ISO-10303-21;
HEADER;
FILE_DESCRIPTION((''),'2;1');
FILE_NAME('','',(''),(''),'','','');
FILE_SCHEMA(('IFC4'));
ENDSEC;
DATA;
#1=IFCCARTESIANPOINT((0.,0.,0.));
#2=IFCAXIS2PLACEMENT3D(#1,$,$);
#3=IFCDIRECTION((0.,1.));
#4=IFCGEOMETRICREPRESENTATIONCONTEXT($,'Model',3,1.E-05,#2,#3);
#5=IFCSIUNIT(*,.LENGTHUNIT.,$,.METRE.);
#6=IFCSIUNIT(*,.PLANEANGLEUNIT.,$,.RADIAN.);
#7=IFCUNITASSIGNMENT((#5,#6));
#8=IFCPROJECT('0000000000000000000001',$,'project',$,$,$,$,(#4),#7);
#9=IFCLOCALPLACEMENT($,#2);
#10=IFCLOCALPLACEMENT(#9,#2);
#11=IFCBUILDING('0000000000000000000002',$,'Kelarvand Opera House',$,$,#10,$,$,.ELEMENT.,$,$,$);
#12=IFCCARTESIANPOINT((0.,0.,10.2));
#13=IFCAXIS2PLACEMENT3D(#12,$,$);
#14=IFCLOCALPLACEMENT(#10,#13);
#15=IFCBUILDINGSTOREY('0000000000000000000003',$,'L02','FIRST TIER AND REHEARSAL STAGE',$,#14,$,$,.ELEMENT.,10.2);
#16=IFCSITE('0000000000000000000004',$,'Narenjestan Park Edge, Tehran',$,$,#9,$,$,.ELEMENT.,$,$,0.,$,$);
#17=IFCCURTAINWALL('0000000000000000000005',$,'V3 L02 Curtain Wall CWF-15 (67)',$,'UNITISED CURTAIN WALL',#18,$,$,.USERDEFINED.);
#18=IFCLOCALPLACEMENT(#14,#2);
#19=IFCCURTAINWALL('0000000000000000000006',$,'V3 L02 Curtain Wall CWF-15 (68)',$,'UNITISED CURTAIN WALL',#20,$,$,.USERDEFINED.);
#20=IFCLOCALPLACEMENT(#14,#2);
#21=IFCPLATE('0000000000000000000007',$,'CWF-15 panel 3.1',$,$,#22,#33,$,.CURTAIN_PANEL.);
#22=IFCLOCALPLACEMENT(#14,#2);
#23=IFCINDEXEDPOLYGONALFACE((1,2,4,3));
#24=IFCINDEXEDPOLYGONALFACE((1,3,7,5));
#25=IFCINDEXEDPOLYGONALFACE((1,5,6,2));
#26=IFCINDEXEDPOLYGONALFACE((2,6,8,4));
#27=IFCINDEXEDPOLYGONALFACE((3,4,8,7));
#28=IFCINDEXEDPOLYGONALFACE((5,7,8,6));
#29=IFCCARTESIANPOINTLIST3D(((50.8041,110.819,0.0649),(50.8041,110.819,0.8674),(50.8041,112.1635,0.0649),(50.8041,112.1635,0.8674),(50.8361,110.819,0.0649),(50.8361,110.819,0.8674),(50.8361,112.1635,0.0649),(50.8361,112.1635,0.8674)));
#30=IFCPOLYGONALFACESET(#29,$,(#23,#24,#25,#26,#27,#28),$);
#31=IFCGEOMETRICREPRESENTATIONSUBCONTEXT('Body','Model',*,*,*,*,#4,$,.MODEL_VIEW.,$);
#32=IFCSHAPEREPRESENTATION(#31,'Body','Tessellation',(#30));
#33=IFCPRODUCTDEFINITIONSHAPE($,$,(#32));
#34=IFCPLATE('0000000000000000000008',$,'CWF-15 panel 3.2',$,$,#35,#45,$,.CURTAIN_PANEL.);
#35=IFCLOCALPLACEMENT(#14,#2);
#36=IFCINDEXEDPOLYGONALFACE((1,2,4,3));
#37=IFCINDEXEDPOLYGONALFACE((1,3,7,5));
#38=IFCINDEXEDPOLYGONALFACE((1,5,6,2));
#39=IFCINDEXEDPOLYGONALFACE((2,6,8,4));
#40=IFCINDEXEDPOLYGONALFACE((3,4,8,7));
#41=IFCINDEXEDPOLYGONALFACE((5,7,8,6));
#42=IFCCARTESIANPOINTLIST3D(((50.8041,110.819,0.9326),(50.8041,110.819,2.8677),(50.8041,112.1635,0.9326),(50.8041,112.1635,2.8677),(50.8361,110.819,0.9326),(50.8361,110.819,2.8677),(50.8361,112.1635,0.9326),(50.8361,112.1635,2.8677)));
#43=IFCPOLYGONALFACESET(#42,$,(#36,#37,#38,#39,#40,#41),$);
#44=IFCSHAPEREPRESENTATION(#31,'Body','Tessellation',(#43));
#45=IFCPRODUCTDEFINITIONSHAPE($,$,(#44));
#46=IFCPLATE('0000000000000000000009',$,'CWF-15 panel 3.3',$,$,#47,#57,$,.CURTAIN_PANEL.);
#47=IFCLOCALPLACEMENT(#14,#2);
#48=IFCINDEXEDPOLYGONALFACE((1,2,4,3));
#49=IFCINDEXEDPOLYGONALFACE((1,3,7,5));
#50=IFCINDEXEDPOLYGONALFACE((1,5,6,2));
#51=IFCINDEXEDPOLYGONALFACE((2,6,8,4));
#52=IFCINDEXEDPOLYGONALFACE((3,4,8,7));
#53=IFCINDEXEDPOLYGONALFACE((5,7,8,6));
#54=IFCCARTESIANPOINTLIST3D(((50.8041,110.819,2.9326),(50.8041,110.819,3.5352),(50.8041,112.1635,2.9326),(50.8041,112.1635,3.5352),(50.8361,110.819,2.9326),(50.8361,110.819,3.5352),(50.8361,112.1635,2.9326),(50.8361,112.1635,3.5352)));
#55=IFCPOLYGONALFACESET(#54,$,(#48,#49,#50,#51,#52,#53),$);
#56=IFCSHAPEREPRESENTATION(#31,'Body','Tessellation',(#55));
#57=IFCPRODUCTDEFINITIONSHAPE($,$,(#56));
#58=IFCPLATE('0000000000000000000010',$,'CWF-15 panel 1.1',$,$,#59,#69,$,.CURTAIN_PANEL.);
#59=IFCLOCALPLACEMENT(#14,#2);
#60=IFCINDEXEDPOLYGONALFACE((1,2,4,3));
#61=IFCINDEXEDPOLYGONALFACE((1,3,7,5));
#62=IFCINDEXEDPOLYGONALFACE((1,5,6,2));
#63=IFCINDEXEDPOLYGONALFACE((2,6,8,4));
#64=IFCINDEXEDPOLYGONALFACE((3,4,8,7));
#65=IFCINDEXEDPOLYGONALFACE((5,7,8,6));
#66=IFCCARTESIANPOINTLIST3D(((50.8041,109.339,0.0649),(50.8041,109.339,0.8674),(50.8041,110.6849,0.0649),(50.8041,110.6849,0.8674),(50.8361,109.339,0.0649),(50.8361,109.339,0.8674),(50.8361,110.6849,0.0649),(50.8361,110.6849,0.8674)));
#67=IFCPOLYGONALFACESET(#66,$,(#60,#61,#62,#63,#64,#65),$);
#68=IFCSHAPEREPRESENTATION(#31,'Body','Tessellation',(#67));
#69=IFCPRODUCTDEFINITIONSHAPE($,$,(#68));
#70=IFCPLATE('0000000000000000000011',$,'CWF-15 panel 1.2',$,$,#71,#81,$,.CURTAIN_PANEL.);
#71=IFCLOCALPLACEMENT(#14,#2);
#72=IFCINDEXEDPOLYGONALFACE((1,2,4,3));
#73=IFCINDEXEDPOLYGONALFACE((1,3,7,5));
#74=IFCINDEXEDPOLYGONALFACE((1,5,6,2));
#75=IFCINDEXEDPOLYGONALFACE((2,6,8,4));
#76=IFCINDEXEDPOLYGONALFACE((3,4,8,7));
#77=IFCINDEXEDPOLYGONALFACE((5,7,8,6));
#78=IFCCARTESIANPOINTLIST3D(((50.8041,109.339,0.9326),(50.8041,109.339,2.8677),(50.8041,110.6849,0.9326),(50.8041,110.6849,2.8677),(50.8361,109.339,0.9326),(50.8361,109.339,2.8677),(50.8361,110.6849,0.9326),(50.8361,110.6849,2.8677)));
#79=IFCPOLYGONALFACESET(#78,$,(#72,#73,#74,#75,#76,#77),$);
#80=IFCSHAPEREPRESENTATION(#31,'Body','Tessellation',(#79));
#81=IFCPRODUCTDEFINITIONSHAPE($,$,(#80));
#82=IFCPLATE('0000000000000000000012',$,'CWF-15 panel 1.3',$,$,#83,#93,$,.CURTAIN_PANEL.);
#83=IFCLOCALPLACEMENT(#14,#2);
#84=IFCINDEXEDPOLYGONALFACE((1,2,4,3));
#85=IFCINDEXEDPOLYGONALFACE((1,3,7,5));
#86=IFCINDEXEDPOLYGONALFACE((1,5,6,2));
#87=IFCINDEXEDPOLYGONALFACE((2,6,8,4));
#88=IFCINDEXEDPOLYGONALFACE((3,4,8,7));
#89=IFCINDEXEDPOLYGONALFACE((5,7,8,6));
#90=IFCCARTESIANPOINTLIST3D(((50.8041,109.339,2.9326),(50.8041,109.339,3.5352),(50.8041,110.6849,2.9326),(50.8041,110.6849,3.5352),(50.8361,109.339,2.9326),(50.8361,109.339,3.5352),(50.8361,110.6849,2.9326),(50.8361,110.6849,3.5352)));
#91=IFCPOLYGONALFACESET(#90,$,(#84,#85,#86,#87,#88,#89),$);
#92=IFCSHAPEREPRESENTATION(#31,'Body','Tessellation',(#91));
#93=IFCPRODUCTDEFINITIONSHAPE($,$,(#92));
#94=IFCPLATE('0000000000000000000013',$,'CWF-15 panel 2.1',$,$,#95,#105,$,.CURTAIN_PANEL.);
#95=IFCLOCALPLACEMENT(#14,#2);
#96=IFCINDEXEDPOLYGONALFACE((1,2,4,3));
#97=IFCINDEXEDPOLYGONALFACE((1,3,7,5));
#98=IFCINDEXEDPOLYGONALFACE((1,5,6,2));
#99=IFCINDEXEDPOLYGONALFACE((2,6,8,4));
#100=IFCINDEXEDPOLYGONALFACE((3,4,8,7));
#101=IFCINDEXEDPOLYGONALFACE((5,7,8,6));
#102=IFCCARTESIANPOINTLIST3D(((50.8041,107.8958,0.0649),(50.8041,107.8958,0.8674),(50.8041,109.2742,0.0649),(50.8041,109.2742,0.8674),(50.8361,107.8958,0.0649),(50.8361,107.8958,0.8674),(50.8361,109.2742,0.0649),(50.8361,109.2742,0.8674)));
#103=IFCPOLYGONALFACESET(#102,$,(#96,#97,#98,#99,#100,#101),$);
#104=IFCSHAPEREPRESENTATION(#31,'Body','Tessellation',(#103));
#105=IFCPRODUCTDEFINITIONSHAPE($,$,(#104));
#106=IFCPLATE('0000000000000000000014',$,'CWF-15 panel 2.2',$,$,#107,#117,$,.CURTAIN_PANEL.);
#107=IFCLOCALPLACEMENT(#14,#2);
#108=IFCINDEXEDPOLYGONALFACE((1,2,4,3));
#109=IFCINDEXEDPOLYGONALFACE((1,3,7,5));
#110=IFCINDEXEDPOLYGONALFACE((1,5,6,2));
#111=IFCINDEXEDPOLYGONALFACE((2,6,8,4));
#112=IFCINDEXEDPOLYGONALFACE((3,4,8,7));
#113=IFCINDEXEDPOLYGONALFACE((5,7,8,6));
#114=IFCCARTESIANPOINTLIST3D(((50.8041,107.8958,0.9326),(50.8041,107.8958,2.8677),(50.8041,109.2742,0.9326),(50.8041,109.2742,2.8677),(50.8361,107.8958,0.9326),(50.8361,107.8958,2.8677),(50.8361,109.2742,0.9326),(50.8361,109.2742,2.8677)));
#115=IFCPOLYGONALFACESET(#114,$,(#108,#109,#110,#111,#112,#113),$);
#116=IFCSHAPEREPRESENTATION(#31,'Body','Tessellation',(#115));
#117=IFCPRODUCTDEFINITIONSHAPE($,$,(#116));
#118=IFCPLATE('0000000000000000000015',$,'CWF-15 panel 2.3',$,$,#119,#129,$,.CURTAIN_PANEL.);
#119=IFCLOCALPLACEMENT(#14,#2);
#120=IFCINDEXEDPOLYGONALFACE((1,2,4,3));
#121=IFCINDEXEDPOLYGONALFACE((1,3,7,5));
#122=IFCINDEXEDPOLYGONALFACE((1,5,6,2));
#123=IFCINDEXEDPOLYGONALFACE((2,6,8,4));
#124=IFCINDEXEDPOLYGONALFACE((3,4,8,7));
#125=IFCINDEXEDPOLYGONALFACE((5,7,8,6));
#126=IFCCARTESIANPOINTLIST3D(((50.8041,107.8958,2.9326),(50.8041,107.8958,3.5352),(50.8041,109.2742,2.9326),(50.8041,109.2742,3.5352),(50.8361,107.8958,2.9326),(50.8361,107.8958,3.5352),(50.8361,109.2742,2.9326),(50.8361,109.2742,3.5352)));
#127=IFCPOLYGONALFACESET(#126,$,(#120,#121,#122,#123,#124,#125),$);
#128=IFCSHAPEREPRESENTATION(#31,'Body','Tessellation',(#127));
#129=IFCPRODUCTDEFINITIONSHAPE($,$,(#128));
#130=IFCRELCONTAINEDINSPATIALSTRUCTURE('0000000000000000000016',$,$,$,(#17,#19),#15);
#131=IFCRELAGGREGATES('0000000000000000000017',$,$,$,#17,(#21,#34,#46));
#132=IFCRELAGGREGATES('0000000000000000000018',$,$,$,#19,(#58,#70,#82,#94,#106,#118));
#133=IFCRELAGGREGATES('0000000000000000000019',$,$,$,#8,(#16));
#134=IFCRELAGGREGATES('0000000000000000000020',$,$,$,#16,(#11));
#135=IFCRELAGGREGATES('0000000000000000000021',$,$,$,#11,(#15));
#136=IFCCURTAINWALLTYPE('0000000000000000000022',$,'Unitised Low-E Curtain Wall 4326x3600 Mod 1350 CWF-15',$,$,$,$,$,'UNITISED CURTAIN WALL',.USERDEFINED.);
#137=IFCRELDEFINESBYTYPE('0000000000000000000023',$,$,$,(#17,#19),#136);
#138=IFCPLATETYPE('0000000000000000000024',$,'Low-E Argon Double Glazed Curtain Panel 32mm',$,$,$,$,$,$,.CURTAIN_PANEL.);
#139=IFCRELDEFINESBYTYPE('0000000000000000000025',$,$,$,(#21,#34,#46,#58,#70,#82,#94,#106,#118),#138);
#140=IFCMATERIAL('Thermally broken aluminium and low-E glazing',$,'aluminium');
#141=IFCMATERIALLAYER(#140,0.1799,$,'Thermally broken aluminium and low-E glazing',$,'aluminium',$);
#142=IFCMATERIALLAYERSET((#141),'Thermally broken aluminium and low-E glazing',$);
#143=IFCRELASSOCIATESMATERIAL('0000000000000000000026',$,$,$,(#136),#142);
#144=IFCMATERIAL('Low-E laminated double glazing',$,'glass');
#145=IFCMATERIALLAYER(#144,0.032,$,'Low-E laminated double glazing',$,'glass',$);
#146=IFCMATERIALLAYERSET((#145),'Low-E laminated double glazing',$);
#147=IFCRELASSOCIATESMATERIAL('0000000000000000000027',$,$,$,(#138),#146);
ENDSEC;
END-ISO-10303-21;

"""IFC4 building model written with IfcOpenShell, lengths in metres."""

from ifc_helpers import new_model, si_unit, direction, frame, origin, origin_2d, place, context, subcontext, project, spatial, rectangle, extrude, material, layer, layer_set, type_object, element, aggregate, save


model = new_model("IFC4")

# Units and contexts
model_context = context("Model", 3, precision=1e-05, world=origin(), true_north=direction((0.0, 1.0)))
body_context = subcontext(model_context, "Body", "Model", "MODEL_VIEW")
ifc_project = project(units=[si_unit("LENGTHUNIT", "METRE"), si_unit("PLANEANGLEUNIT", "RADIAN")], contexts=[model_context])

# Site, building, storey
site_placement = place(None, origin())
site = spatial("IfcSite", under=ifc_project, at=site_placement, Name="Narenjestan Park Edge, Tehran", CompositionType="ELEMENT", RefElevation=0.0)
building_placement = place(site_placement, origin())
building = spatial("IfcBuilding", under=site, at=building_placement, Name="Kelarvand Opera House", CompositionType="ELEMENT")
storey_placement = place(building_placement, frame((0.0, 0.0, 10.2)))
storey = spatial("IfcBuildingStorey", under=building, at=storey_placement, Name="L02", Description="FIRST TIER AND REHEARSAL STAGE", CompositionType="ELEMENT", Elevation=10.2)

# Curtain wall
ifc_material_1 = material(Name="Thermally broken aluminium and low-E glazing", Category="aluminium")
ifc_layer_1 = layer(ifc_material_1, 0.1799, Name="Thermally broken aluminium and low-E glazing", Category="aluminium")
ifc_layer_set_1 = layer_set([ifc_layer_1], Name="Thermally broken aluminium and low-E glazing")
curtain_wall_type = type_object("IfcCurtainWallType", Name="Unitised Low-E Curtain Wall 4326x3600 Mod 1350 CWF-15", ElementType="UNITISED CURTAIN WALL", PredefinedType="USERDEFINED", material=ifc_layer_set_1)
curtain_wall_1_placement = place(storey_placement, origin())
curtain_wall_1 = element("IfcCurtainWall", 1, at=curtain_wall_1_placement, inside=storey, type_object=curtain_wall_type, Name="V3 L02 Curtain Wall CWF-15 (67)", ObjectType="UNITISED CURTAIN WALL", PredefinedType="USERDEFINED")

# Curtain wall
curtain_wall_2_placement = place(storey_placement, origin())
curtain_wall_2 = element("IfcCurtainWall", 2, at=curtain_wall_2_placement, inside=storey, type_object=curtain_wall_type, Name="V3 L02 Curtain Wall CWF-15 (68)", ObjectType="UNITISED CURTAIN WALL", PredefinedType="USERDEFINED")

# Plates
ifc_material_2 = material(Name="Low-E laminated double glazing", Category="glass")
ifc_layer_2 = layer(ifc_material_2, 0.032, Name="Low-E laminated double glazing", Category="glass")
ifc_layer_set_2 = layer_set([ifc_layer_2], Name="Low-E laminated double glazing")
plate_type = type_object("IfcPlateType", Name="Low-E Argon Double Glazed Curtain Panel 32mm", PredefinedType="CURTAIN_PANEL", material=ifc_layer_set_2)
plate_1_placement = place(storey_placement, frame((50.8201, 111.4912, 0.0649), z_axis=(0.0, 0.0, 1.0), x_axis=(0.0, -1.0, 0.0)))
plate_1 = element("IfcPlate", 3, at=plate_1_placement, type_object=plate_type, Name="CWF-15 panel 3.1", PredefinedType="CURTAIN_PANEL", context=body_context, shape_type="SweptSolid", body=[
    extrude(rectangle(XDim=1.3445, YDim=0.032, at=origin_2d()), origin(), (0.0, 0.0, 1.0), 0.8025),
])
plate_2_placement = place(storey_placement, frame((50.8201, 111.4912, 0.9326), z_axis=(0.0, 0.0, 1.0), x_axis=(0.0, -1.0, 0.0)))
plate_2 = element("IfcPlate", 4, at=plate_2_placement, type_object=plate_type, Name="CWF-15 panel 3.2", PredefinedType="CURTAIN_PANEL", context=body_context, shape_type="SweptSolid", body=[
    extrude(rectangle(XDim=1.3445, YDim=0.032, at=origin_2d()), origin(), (0.0, 0.0, 1.0), 1.9351),
])
plate_3_placement = place(storey_placement, frame((50.8201, 111.4912, 2.9326), z_axis=(0.0, 0.0, 1.0), x_axis=(0.0, -1.0, 0.0)))
plate_3 = element("IfcPlate", 5, at=plate_3_placement, type_object=plate_type, Name="CWF-15 panel 3.3", PredefinedType="CURTAIN_PANEL", context=body_context, shape_type="SweptSolid", body=[
    extrude(rectangle(XDim=1.3445, YDim=0.032, at=origin_2d()), origin(), (0.0, 0.0, 1.0), 0.6025),
])
aggregate(curtain_wall_1, [plate_1, plate_2, plate_3])
plate_4_placement = place(storey_placement, frame((50.8201, 110.012, 0.0649), z_axis=(0.0, 0.0, 1.0), x_axis=(0.0, -1.0, 0.0)))
plate_4 = element("IfcPlate", 6, at=plate_4_placement, type_object=plate_type, Name="CWF-15 panel 1.1", PredefinedType="CURTAIN_PANEL", context=body_context, shape_type="SweptSolid", body=[
    extrude(rectangle(XDim=1.3459, YDim=0.032, at=origin_2d()), origin(), (0.0, 0.0, 1.0), 0.8025),
])
plate_5_placement = place(storey_placement, frame((50.8201, 110.012, 0.9326), z_axis=(0.0, 0.0, 1.0), x_axis=(0.0, -1.0, 0.0)))
plate_5 = element("IfcPlate", 7, at=plate_5_placement, type_object=plate_type, Name="CWF-15 panel 1.2", PredefinedType="CURTAIN_PANEL", context=body_context, shape_type="SweptSolid", body=[
    extrude(rectangle(XDim=1.3459, YDim=0.032, at=origin_2d()), origin(), (0.0, 0.0, 1.0), 1.9351),
])
plate_6_placement = place(storey_placement, frame((50.8201, 110.012, 2.9326), z_axis=(0.0, 0.0, 1.0), x_axis=(0.0, -1.0, 0.0)))
plate_6 = element("IfcPlate", 8, at=plate_6_placement, type_object=plate_type, Name="CWF-15 panel 1.3", PredefinedType="CURTAIN_PANEL", context=body_context, shape_type="SweptSolid", body=[
    extrude(rectangle(XDim=1.3459, YDim=0.032, at=origin_2d()), origin(), (0.0, 0.0, 1.0), 0.6025),
])
plate_7_placement = place(storey_placement, frame((50.8201, 108.585, 0.0649), z_axis=(0.0, 0.0, 1.0), x_axis=(0.0, -1.0, 0.0)))
plate_7 = element("IfcPlate", 9, at=plate_7_placement, type_object=plate_type, Name="CWF-15 panel 2.1", PredefinedType="CURTAIN_PANEL", context=body_context, shape_type="SweptSolid", body=[
    extrude(rectangle(XDim=1.3784, YDim=0.032, at=origin_2d()), origin(), (0.0, 0.0, 1.0), 0.8025),
])
plate_8_placement = place(storey_placement, frame((50.8201, 108.585, 0.9326), z_axis=(0.0, 0.0, 1.0), x_axis=(0.0, -1.0, 0.0)))
plate_8 = element("IfcPlate", 10, at=plate_8_placement, type_object=plate_type, Name="CWF-15 panel 2.2", PredefinedType="CURTAIN_PANEL", context=body_context, shape_type="SweptSolid", body=[
    extrude(rectangle(XDim=1.3784, YDim=0.032, at=origin_2d()), origin(), (0.0, 0.0, 1.0), 1.9351),
])
plate_9_placement = place(storey_placement, frame((50.8201, 108.585, 2.9326), z_axis=(0.0, 0.0, 1.0), x_axis=(0.0, -1.0, 0.0)))
plate_9 = element("IfcPlate", 11, at=plate_9_placement, type_object=plate_type, Name="CWF-15 panel 2.3", PredefinedType="CURTAIN_PANEL", context=body_context, shape_type="SweptSolid", body=[
    extrude(rectangle(XDim=1.3784, YDim=0.032, at=origin_2d()), origin(), (0.0, 0.0, 1.0), 0.6025),
])
aggregate(curtain_wall_2, [plate_4, plate_5, plate_6, plate_7, plate_8, plate_9])

save(model, "model.ifc")
